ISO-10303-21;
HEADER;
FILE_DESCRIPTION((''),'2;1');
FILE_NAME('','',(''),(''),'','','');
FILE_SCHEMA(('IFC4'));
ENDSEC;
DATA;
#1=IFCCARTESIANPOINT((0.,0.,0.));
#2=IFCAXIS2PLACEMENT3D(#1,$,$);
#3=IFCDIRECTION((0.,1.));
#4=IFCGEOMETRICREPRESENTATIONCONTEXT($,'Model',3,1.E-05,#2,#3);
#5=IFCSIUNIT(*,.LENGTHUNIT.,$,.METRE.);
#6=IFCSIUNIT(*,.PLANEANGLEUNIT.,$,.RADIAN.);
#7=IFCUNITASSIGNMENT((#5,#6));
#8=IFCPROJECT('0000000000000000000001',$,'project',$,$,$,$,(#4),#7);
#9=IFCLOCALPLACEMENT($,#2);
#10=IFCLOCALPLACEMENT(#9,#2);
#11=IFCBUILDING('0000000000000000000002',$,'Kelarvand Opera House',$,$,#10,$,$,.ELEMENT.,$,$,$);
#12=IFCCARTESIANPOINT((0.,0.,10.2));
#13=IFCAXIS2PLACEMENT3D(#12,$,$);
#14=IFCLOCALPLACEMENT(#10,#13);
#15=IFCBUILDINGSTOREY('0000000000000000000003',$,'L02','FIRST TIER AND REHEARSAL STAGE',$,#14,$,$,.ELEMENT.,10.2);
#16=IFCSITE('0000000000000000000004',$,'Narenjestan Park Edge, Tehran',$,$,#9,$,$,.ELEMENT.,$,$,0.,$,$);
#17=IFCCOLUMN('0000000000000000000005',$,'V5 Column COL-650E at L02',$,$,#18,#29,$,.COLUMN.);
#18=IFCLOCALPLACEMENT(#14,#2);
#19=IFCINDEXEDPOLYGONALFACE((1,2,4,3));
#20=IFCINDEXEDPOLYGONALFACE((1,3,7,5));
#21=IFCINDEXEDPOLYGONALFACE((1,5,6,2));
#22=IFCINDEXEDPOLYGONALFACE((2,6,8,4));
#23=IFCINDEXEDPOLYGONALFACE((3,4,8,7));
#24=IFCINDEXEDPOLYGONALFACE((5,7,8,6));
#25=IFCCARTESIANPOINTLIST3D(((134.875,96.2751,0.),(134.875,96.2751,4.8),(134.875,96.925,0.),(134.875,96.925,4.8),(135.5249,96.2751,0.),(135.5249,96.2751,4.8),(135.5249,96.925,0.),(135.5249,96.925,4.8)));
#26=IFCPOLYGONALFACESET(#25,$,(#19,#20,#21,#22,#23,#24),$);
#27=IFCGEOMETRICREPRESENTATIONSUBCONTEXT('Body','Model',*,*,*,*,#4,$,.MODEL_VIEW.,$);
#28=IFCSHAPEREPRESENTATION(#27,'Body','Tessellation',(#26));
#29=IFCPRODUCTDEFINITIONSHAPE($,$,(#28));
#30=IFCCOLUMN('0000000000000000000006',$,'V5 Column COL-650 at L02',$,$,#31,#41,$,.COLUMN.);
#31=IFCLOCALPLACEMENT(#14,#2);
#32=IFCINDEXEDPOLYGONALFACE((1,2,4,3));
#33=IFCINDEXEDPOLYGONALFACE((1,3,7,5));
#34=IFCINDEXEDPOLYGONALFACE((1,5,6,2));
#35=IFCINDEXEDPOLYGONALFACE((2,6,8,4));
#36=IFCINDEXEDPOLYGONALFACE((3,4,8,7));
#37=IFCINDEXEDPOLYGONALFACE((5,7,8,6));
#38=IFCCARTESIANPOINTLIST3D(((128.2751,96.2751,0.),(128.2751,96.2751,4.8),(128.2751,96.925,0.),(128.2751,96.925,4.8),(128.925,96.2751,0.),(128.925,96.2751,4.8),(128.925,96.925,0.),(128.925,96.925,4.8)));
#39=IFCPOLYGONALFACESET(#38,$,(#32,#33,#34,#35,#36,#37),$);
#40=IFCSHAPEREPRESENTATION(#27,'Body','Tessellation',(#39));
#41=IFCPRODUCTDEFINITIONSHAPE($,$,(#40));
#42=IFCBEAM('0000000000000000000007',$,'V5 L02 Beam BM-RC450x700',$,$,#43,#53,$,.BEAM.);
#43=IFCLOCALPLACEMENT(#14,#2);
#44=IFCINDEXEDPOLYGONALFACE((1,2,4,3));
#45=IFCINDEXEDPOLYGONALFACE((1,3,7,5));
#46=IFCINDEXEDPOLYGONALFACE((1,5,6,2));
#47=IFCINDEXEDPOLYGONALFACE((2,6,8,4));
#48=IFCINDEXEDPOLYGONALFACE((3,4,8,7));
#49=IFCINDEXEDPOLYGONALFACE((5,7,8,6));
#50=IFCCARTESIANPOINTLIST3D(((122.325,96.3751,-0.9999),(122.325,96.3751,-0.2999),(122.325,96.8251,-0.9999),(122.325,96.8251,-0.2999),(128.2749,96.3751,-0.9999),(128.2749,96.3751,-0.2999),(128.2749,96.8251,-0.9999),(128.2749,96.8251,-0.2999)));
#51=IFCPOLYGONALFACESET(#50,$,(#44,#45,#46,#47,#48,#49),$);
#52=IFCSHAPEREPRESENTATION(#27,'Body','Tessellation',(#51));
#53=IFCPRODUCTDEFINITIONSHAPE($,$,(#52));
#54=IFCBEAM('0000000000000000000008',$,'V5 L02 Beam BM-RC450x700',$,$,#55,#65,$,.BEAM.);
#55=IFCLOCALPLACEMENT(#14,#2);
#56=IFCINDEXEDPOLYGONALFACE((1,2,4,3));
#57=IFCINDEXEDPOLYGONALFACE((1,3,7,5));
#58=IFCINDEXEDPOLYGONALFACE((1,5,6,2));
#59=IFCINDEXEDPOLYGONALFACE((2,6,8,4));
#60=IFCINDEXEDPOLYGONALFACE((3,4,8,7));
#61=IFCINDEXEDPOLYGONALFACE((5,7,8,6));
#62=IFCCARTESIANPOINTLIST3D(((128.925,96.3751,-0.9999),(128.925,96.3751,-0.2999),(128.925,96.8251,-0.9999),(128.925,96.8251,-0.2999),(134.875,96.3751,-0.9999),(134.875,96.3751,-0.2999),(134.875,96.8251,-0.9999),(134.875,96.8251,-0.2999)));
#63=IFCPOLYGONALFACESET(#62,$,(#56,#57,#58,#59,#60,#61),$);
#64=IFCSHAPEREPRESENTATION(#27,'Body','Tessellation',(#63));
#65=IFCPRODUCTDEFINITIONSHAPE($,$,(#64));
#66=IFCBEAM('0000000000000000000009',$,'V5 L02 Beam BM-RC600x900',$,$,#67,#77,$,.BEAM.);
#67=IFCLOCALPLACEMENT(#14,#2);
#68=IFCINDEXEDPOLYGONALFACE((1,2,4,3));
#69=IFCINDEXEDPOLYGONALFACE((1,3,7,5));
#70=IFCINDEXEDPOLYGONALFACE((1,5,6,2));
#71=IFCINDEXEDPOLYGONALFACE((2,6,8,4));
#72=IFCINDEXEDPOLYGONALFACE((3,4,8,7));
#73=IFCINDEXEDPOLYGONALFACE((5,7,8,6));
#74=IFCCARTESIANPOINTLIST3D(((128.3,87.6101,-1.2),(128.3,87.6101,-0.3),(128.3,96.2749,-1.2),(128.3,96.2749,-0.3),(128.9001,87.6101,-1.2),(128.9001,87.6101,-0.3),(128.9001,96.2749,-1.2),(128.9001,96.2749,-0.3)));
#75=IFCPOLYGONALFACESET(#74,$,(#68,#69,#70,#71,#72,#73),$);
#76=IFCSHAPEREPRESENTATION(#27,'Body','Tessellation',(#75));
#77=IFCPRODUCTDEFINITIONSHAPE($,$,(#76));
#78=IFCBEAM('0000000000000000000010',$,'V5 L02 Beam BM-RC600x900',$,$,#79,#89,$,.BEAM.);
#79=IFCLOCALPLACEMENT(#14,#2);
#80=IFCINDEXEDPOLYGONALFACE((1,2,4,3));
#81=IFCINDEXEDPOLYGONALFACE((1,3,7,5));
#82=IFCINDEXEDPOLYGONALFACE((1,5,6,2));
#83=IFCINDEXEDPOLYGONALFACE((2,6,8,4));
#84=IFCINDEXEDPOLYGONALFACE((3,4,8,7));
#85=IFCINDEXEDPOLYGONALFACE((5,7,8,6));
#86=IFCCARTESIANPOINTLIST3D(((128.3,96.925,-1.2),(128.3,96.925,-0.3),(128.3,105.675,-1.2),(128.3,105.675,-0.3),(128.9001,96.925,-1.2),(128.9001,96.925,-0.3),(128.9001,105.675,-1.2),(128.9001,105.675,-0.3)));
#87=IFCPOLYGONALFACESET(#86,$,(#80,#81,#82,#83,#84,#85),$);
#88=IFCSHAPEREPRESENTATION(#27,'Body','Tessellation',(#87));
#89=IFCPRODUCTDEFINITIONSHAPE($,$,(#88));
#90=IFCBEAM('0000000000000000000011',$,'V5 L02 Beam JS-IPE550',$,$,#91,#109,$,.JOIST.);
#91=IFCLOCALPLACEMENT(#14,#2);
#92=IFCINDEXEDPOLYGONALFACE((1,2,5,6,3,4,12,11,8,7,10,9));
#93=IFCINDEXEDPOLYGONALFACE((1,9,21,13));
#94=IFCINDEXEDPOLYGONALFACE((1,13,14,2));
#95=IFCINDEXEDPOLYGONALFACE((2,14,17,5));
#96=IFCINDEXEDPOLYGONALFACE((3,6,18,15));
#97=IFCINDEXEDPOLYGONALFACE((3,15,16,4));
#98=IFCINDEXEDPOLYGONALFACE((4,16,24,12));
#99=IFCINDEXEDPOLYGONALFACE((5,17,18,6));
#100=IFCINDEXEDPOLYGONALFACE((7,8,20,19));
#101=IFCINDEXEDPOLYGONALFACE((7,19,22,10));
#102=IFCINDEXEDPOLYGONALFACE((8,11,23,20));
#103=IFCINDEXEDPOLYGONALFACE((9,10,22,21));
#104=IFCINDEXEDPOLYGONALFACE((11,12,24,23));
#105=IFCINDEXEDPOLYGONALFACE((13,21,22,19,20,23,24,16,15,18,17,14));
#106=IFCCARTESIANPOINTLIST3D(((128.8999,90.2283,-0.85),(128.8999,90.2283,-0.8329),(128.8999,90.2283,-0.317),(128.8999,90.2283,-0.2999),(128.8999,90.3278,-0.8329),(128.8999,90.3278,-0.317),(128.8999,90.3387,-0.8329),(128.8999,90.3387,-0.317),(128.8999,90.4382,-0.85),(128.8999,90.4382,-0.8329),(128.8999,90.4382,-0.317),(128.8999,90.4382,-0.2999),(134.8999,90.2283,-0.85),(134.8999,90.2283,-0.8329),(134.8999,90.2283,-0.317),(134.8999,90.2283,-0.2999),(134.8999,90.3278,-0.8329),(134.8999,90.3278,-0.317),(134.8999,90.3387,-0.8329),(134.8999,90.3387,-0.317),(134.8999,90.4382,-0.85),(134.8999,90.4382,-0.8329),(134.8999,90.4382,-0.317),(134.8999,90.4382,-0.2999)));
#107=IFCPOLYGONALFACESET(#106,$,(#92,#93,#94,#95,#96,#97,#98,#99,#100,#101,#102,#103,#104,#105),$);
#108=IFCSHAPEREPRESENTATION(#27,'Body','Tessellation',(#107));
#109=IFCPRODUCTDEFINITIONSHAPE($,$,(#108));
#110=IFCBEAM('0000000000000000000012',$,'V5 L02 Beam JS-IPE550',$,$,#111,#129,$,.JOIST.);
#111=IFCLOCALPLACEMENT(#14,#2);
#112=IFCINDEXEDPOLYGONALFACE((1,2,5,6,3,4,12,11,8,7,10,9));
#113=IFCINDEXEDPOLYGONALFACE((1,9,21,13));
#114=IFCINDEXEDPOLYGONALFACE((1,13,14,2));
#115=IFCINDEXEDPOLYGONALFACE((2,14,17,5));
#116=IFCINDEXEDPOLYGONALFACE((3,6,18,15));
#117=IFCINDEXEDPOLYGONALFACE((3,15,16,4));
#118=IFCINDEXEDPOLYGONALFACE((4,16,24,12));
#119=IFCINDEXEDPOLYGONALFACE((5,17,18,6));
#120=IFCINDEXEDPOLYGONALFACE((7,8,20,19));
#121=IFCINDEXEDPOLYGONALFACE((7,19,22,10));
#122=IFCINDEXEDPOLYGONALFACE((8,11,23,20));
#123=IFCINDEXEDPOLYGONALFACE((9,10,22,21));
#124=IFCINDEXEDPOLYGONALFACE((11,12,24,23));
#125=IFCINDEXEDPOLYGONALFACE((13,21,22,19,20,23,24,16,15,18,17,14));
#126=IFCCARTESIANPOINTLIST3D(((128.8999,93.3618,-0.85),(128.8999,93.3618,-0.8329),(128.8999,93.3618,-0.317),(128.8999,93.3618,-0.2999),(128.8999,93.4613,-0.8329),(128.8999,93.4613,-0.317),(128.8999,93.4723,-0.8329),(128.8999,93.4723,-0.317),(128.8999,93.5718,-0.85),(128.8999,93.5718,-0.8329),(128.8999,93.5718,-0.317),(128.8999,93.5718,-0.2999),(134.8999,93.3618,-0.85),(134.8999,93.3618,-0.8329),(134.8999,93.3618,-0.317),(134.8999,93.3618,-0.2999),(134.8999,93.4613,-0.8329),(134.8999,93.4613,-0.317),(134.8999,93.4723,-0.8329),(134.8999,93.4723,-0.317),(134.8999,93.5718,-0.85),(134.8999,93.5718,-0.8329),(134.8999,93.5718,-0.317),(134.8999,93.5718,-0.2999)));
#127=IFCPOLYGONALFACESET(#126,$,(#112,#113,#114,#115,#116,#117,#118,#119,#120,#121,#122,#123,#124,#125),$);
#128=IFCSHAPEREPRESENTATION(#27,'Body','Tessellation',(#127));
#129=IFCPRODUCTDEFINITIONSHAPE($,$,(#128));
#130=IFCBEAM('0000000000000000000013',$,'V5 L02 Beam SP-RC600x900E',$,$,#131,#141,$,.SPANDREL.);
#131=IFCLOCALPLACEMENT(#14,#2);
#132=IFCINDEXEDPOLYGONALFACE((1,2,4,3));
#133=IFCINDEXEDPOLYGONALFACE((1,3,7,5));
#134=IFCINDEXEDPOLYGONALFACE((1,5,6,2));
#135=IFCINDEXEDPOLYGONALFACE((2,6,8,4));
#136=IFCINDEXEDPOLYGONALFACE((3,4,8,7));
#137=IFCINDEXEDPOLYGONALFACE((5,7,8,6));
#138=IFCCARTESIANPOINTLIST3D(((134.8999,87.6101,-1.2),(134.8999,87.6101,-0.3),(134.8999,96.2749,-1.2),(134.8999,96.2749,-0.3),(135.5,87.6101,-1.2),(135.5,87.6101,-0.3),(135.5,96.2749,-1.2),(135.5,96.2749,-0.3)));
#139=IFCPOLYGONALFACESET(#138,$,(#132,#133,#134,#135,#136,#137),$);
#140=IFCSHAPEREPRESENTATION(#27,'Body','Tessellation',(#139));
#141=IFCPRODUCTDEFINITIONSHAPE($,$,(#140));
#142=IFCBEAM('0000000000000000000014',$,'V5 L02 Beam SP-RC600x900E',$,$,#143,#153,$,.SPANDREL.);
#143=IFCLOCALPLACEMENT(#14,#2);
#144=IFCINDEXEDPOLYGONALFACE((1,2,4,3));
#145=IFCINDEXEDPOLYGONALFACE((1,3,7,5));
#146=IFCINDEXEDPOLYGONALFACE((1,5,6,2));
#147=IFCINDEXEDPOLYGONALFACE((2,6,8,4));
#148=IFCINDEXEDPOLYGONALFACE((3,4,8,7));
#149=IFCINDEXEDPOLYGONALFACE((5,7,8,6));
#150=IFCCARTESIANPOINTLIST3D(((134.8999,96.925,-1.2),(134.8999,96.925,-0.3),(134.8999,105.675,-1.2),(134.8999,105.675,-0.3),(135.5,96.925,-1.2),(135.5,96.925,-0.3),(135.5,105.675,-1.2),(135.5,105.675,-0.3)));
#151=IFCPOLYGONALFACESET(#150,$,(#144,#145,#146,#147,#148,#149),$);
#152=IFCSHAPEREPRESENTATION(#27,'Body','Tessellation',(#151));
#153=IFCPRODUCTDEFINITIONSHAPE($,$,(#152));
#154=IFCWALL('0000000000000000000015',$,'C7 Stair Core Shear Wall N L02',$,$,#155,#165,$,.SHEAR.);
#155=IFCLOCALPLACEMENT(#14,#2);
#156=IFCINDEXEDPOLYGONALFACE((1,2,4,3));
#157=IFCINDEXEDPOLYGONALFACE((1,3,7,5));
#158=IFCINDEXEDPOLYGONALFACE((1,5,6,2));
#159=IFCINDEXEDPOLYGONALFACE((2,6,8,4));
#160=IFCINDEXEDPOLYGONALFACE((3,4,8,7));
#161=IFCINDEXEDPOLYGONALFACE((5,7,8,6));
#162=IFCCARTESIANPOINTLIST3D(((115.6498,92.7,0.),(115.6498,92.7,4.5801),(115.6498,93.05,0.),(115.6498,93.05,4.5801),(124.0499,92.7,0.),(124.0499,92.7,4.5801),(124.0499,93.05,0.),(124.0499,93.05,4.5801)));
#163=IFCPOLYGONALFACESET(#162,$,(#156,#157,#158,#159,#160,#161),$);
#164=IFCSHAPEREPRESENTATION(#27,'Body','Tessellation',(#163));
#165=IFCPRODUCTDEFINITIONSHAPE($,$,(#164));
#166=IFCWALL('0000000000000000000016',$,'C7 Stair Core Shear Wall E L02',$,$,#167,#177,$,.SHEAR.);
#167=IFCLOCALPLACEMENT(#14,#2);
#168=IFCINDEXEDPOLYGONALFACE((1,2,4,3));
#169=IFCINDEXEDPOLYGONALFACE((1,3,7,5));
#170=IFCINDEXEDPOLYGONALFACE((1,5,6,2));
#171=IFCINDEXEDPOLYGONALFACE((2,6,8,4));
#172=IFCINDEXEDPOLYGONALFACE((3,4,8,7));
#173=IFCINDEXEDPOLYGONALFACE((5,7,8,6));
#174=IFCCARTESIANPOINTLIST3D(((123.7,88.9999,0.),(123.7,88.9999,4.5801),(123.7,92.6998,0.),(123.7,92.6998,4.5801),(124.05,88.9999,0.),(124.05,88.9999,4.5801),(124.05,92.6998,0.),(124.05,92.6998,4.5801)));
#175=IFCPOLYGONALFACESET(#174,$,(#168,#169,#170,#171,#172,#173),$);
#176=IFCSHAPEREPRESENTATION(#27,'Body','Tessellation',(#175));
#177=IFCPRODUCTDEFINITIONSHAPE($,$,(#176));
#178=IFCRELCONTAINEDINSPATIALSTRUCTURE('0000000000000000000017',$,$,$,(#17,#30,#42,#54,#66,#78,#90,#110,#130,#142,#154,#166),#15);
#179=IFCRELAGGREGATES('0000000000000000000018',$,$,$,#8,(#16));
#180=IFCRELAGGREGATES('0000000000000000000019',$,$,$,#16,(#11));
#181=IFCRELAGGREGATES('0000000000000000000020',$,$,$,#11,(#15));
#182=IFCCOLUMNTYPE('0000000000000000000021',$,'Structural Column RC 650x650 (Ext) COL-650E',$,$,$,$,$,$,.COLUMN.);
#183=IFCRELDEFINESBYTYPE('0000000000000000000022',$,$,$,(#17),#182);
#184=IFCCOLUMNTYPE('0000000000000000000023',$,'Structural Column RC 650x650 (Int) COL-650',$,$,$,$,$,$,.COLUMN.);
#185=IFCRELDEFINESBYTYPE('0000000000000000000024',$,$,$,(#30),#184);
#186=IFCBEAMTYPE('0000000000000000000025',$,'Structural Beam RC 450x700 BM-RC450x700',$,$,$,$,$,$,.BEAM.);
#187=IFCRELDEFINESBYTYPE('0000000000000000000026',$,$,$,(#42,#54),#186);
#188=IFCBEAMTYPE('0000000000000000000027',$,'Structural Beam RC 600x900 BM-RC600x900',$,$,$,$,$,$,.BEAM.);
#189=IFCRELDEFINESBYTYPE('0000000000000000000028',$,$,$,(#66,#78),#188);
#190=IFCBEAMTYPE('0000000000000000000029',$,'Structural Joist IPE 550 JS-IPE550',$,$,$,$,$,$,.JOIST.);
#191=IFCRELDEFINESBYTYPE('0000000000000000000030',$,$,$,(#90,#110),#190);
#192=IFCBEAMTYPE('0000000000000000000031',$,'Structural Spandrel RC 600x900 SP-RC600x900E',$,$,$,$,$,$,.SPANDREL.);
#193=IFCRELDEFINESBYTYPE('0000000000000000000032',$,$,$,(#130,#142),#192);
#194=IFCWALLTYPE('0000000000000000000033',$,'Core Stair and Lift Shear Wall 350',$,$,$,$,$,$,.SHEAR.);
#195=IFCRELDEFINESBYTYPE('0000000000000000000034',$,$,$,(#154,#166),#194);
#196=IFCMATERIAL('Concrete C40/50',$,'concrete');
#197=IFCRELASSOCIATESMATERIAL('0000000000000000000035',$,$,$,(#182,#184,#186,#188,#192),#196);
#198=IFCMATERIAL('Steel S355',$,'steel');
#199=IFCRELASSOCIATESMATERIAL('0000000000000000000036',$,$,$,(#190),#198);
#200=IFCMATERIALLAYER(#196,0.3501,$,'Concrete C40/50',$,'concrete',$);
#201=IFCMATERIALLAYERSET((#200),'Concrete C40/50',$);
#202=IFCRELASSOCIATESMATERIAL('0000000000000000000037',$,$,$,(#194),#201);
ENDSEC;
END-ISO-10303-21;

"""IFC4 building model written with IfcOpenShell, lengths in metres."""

from ifc_helpers import new_model, si_unit, direction, frame, frame_2d, origin, origin_2d, place, context, subcontext, project, spatial, rectangle, i_section, extrude, material, layer, layer_set, material_profile, profile_set, type_object, element, save


model = new_model("IFC4")

# Units and contexts
model_context = context("Model", 3, precision=1e-05, world=origin(), true_north=direction((0.0, 1.0)))
body_context = subcontext(model_context, "Body", "Model", "MODEL_VIEW")
ifc_project = project(units=[si_unit("LENGTHUNIT", "METRE"), si_unit("PLANEANGLEUNIT", "RADIAN")], contexts=[model_context])

# Site, building, storey
site_placement = place(None, origin())
site = spatial("IfcSite", under=ifc_project, at=site_placement, Name="Narenjestan Park Edge, Tehran", CompositionType="ELEMENT", RefElevation=0.0)
building_placement = place(site_placement, origin())
building = spatial("IfcBuilding", under=site, at=building_placement, Name="Kelarvand Opera House", CompositionType="ELEMENT")
storey_placement = place(building_placement, frame((0.0, 0.0, 10.2)))
storey = spatial("IfcBuildingStorey", under=building, at=storey_placement, Name="L02", Description="FIRST TIER AND REHEARSAL STAGE", CompositionType="ELEMENT", Elevation=10.2)

# Columns
ifc_material_1 = material(Name="Concrete C40/50", Category="concrete")
ifc_material_profile_1 = material_profile(ifc_material_1, rectangle(XDim=0.6499, YDim=0.6499, at=origin_2d()), Name="RC 650x650", Category="concrete")
ifc_profile_set_1 = profile_set([ifc_material_profile_1], Name="Concrete C40/50")
column_type_1 = type_object("IfcColumnType", Name="Structural Column RC 650x650 (Ext) COL-650E", PredefinedType="COLUMN", material=ifc_profile_set_1)
column_1_placement = place(storey_placement, frame((135.2, 96.6001, 0.0), z_axis=(0.0, 0.0, 1.0), x_axis=(1.0, 0.0, 0.0)))
element("IfcColumn", 1, at=column_1_placement, inside=storey, type_object=column_type_1, Name="V5 Column COL-650E at L02", PredefinedType="COLUMN", context=body_context, shape_type="SweptSolid", body=[
    extrude(rectangle(XDim=0.6499, YDim=0.6499, at=origin_2d()), origin(), (0.0, 0.0, 1.0), 4.8),
])
ifc_material_profile_2 = material_profile(ifc_material_1, rectangle(XDim=0.6499, YDim=0.6499, at=origin_2d()), Name="RC 650x650", Category="concrete")
ifc_profile_set_2 = profile_set([ifc_material_profile_2], Name="Concrete C40/50")
column_type_2 = type_object("IfcColumnType", Name="Structural Column RC 650x650 (Int) COL-650", PredefinedType="COLUMN", material=ifc_profile_set_2)
column_2_placement = place(storey_placement, frame((128.6001, 96.6001, 0.0), z_axis=(0.0, 0.0, 1.0), x_axis=(1.0, 0.0, 0.0)))
element("IfcColumn", 2, at=column_2_placement, inside=storey, type_object=column_type_2, Name="V5 Column COL-650 at L02", PredefinedType="COLUMN", context=body_context, shape_type="SweptSolid", body=[
    extrude(rectangle(XDim=0.6499, YDim=0.6499, at=origin_2d()), origin(), (0.0, 0.0, 1.0), 4.8),
])

# Beams
ifc_material_profile_3 = material_profile(ifc_material_1, rectangle(XDim=0.45, YDim=0.7, at=origin_2d()), Name="RC 450x700", Category="concrete")
ifc_profile_set_3 = profile_set([ifc_material_profile_3], Name="Concrete C40/50")
beam_type_1 = type_object("IfcBeamType", Name="Structural Beam RC 450x700 BM-RC450x700", PredefinedType="BEAM", material=ifc_profile_set_3)
for number, where, z_axis, x_axis, name in (
    (3, (122.325, 96.6001, -0.6499), (1.0, 0.0, 0.0), (0.0, 1.0, 0.0), "V5 L02 Beam BM-RC450x700"),
    (4, (128.925, 96.6001, -0.6499), (1.0, 0.0, 0.0), (0.0, 1.0, 0.0), "V5 L02 Beam BM-RC450x700"),
):
    element("IfcBeam", number, at=place(storey_placement, frame(where, z_axis=z_axis, x_axis=x_axis)), inside=storey, type_object=beam_type_1, Name=name, PredefinedType="BEAM", context=body_context, shape_type="SweptSolid", body=[
        extrude(rectangle(XDim=0.45, YDim=0.7, at=origin_2d()), origin(), (0.0, 0.0, 1.0), 5.95),
    ])
ifc_material_profile_4 = material_profile(ifc_material_1, rectangle(XDim=0.6001, YDim=0.8999, at=origin_2d()), Name="RC 600x900", Category="concrete")
ifc_profile_set_4 = profile_set([ifc_material_profile_4], Name="Concrete C40/50")
beam_type_2 = type_object("IfcBeamType", Name="Structural Beam RC 600x900 BM-RC600x900", PredefinedType="BEAM", material=ifc_profile_set_4)
beam_1_placement = place(storey_placement, frame((128.6001, 87.6101, -0.75), z_axis=(0.0, 1.0, 0.0), x_axis=(-1.0, 0.0, 0.0)))
element("IfcBeam", 5, at=beam_1_placement, inside=storey, type_object=beam_type_2, Name="V5 L02 Beam BM-RC600x900", PredefinedType="BEAM", context=body_context, shape_type="SweptSolid", body=[
    extrude(rectangle(XDim=0.6001, YDim=0.8999, at=origin_2d()), origin(), (0.0, 0.0, 1.0), 8.6648),
])
beam_2_placement = place(storey_placement, frame((128.6001, 96.925, -0.75), z_axis=(0.0, 1.0, 0.0), x_axis=(-1.0, 0.0, 0.0)))
element("IfcBeam", 6, at=beam_2_placement, inside=storey, type_object=beam_type_2, Name="V5 L02 Beam BM-RC600x900", PredefinedType="BEAM", context=body_context, shape_type="SweptSolid", body=[
    extrude(rectangle(XDim=0.6001, YDim=0.8999, at=origin_2d()), origin(), (0.0, 0.0, 1.0), 8.75),
])
ifc_material_2 = material(Name="Steel S355", Category="steel")
ifc_material_profile_5 = material_profile(ifc_material_2, i_section(OverallWidth=0.21, OverallDepth=0.55, WebThickness=0.011, FlangeThickness=0.0171, at=origin_2d()), Name="IPE 550", Category="steel")
ifc_profile_set_5 = profile_set([ifc_material_profile_5], Name="Steel S355")
beam_type_3 = type_object("IfcBeamType", Name="Structural Joist IPE 550 JS-IPE550", PredefinedType="JOIST", material=ifc_profile_set_5)
for number, where, z_axis, x_axis, name in (
    (7, (128.8999, 90.3333, -0.575), (1.0, 0.0, 0.0), (0.0, 1.0, 0.0), "V5 L02 Beam JS-IPE550"),
    (8, (128.8999, 93.4668, -0.575), (1.0, 0.0, 0.0), (0.0, 1.0, 0.0), "V5 L02 Beam JS-IPE550"),
):
    element("IfcBeam", number, at=place(storey_placement, frame(where, z_axis=z_axis, x_axis=x_axis)), inside=storey, type_object=beam_type_3, Name=name, PredefinedType="JOIST", context=body_context, shape_type="SweptSolid", body=[
        extrude(i_section(OverallWidth=0.21, OverallDepth=0.55, WebThickness=0.011, FlangeThickness=0.0171, at=origin_2d()), origin(), (0.0, 0.0, 1.0), 6.0),
    ])
ifc_material_profile_6 = material_profile(ifc_material_1, rectangle(XDim=0.6001, YDim=0.8999, at=origin_2d()), Name="RC 600x900", Category="concrete")
ifc_profile_set_6 = profile_set([ifc_material_profile_6], Name="Concrete C40/50")
beam_type_4 = type_object("IfcBeamType", Name="Structural Spandrel RC 600x900 SP-RC600x900E", PredefinedType="SPANDREL", material=ifc_profile_set_6)
beam_3_placement = place(storey_placement, frame((135.2, 87.6101, -0.75), z_axis=(0.0, 1.0, 0.0), x_axis=(-1.0, 0.0, 0.0)))
element("IfcBeam", 9, at=beam_3_placement, inside=storey, type_object=beam_type_4, Name="V5 L02 Beam SP-RC600x900E", PredefinedType="SPANDREL", context=body_context, shape_type="SweptSolid", body=[
    extrude(rectangle(XDim=0.6001, YDim=0.8999, at=origin_2d()), origin(), (0.0, 0.0, 1.0), 8.6648),
])
beam_4_placement = place(storey_placement, frame((135.2, 96.925, -0.75), z_axis=(0.0, 1.0, 0.0), x_axis=(-1.0, 0.0, 0.0)))
element("IfcBeam", 10, at=beam_4_placement, inside=storey, type_object=beam_type_4, Name="V5 L02 Beam SP-RC600x900E", PredefinedType="SPANDREL", context=body_context, shape_type="SweptSolid", body=[
    extrude(rectangle(XDim=0.6001, YDim=0.8999, at=origin_2d()), origin(), (0.0, 0.0, 1.0), 8.75),
])

# Walls
ifc_layer_1 = layer(ifc_material_1, 0.3501, Name="Concrete C40/50", Category="concrete")
ifc_layer_set_1 = layer_set([ifc_layer_1], Name="Concrete C40/50")
wall_type_1 = type_object("IfcWallType", Name="Core Stair and Lift Shear Wall 350", PredefinedType="SHEAR", material=ifc_layer_set_1)
wall_1_placement = place(storey_placement, frame((124.05, 92.875, 0.0), z_axis=(0.0, 0.0, 1.0), x_axis=(-1.0, 0.0, 0.0)))
element("IfcWall", 11, at=wall_1_placement, inside=storey, type_object=wall_type_1, Name="C7 Stair Core Shear Wall N L02", PredefinedType="SHEAR", context=body_context, shape_type="SweptSolid", body=[
    extrude(rectangle(XDim=8.4001, YDim=0.3501, at=frame_2d((4.2002, 0.0))), origin(), (0.0, 0.0, 1.0), 4.5801),
])
wall_2_placement = place(storey_placement, frame((123.875, 92.7, 0.0), z_axis=(0.0, 0.0, 1.0), x_axis=(0.0, -1.0, 0.0)))
element("IfcWall", 12, at=wall_2_placement, inside=storey, type_object=wall_type_1, Name="C7 Stair Core Shear Wall E L02", PredefinedType="SHEAR", context=body_context, shape_type="SweptSolid", body=[
    extrude(rectangle(XDim=3.7, YDim=0.3501, at=frame_2d((1.8501, 0.0))), origin(), (0.0, 0.0, 1.0), 4.5801),
])

save(model, "model.ifc")
